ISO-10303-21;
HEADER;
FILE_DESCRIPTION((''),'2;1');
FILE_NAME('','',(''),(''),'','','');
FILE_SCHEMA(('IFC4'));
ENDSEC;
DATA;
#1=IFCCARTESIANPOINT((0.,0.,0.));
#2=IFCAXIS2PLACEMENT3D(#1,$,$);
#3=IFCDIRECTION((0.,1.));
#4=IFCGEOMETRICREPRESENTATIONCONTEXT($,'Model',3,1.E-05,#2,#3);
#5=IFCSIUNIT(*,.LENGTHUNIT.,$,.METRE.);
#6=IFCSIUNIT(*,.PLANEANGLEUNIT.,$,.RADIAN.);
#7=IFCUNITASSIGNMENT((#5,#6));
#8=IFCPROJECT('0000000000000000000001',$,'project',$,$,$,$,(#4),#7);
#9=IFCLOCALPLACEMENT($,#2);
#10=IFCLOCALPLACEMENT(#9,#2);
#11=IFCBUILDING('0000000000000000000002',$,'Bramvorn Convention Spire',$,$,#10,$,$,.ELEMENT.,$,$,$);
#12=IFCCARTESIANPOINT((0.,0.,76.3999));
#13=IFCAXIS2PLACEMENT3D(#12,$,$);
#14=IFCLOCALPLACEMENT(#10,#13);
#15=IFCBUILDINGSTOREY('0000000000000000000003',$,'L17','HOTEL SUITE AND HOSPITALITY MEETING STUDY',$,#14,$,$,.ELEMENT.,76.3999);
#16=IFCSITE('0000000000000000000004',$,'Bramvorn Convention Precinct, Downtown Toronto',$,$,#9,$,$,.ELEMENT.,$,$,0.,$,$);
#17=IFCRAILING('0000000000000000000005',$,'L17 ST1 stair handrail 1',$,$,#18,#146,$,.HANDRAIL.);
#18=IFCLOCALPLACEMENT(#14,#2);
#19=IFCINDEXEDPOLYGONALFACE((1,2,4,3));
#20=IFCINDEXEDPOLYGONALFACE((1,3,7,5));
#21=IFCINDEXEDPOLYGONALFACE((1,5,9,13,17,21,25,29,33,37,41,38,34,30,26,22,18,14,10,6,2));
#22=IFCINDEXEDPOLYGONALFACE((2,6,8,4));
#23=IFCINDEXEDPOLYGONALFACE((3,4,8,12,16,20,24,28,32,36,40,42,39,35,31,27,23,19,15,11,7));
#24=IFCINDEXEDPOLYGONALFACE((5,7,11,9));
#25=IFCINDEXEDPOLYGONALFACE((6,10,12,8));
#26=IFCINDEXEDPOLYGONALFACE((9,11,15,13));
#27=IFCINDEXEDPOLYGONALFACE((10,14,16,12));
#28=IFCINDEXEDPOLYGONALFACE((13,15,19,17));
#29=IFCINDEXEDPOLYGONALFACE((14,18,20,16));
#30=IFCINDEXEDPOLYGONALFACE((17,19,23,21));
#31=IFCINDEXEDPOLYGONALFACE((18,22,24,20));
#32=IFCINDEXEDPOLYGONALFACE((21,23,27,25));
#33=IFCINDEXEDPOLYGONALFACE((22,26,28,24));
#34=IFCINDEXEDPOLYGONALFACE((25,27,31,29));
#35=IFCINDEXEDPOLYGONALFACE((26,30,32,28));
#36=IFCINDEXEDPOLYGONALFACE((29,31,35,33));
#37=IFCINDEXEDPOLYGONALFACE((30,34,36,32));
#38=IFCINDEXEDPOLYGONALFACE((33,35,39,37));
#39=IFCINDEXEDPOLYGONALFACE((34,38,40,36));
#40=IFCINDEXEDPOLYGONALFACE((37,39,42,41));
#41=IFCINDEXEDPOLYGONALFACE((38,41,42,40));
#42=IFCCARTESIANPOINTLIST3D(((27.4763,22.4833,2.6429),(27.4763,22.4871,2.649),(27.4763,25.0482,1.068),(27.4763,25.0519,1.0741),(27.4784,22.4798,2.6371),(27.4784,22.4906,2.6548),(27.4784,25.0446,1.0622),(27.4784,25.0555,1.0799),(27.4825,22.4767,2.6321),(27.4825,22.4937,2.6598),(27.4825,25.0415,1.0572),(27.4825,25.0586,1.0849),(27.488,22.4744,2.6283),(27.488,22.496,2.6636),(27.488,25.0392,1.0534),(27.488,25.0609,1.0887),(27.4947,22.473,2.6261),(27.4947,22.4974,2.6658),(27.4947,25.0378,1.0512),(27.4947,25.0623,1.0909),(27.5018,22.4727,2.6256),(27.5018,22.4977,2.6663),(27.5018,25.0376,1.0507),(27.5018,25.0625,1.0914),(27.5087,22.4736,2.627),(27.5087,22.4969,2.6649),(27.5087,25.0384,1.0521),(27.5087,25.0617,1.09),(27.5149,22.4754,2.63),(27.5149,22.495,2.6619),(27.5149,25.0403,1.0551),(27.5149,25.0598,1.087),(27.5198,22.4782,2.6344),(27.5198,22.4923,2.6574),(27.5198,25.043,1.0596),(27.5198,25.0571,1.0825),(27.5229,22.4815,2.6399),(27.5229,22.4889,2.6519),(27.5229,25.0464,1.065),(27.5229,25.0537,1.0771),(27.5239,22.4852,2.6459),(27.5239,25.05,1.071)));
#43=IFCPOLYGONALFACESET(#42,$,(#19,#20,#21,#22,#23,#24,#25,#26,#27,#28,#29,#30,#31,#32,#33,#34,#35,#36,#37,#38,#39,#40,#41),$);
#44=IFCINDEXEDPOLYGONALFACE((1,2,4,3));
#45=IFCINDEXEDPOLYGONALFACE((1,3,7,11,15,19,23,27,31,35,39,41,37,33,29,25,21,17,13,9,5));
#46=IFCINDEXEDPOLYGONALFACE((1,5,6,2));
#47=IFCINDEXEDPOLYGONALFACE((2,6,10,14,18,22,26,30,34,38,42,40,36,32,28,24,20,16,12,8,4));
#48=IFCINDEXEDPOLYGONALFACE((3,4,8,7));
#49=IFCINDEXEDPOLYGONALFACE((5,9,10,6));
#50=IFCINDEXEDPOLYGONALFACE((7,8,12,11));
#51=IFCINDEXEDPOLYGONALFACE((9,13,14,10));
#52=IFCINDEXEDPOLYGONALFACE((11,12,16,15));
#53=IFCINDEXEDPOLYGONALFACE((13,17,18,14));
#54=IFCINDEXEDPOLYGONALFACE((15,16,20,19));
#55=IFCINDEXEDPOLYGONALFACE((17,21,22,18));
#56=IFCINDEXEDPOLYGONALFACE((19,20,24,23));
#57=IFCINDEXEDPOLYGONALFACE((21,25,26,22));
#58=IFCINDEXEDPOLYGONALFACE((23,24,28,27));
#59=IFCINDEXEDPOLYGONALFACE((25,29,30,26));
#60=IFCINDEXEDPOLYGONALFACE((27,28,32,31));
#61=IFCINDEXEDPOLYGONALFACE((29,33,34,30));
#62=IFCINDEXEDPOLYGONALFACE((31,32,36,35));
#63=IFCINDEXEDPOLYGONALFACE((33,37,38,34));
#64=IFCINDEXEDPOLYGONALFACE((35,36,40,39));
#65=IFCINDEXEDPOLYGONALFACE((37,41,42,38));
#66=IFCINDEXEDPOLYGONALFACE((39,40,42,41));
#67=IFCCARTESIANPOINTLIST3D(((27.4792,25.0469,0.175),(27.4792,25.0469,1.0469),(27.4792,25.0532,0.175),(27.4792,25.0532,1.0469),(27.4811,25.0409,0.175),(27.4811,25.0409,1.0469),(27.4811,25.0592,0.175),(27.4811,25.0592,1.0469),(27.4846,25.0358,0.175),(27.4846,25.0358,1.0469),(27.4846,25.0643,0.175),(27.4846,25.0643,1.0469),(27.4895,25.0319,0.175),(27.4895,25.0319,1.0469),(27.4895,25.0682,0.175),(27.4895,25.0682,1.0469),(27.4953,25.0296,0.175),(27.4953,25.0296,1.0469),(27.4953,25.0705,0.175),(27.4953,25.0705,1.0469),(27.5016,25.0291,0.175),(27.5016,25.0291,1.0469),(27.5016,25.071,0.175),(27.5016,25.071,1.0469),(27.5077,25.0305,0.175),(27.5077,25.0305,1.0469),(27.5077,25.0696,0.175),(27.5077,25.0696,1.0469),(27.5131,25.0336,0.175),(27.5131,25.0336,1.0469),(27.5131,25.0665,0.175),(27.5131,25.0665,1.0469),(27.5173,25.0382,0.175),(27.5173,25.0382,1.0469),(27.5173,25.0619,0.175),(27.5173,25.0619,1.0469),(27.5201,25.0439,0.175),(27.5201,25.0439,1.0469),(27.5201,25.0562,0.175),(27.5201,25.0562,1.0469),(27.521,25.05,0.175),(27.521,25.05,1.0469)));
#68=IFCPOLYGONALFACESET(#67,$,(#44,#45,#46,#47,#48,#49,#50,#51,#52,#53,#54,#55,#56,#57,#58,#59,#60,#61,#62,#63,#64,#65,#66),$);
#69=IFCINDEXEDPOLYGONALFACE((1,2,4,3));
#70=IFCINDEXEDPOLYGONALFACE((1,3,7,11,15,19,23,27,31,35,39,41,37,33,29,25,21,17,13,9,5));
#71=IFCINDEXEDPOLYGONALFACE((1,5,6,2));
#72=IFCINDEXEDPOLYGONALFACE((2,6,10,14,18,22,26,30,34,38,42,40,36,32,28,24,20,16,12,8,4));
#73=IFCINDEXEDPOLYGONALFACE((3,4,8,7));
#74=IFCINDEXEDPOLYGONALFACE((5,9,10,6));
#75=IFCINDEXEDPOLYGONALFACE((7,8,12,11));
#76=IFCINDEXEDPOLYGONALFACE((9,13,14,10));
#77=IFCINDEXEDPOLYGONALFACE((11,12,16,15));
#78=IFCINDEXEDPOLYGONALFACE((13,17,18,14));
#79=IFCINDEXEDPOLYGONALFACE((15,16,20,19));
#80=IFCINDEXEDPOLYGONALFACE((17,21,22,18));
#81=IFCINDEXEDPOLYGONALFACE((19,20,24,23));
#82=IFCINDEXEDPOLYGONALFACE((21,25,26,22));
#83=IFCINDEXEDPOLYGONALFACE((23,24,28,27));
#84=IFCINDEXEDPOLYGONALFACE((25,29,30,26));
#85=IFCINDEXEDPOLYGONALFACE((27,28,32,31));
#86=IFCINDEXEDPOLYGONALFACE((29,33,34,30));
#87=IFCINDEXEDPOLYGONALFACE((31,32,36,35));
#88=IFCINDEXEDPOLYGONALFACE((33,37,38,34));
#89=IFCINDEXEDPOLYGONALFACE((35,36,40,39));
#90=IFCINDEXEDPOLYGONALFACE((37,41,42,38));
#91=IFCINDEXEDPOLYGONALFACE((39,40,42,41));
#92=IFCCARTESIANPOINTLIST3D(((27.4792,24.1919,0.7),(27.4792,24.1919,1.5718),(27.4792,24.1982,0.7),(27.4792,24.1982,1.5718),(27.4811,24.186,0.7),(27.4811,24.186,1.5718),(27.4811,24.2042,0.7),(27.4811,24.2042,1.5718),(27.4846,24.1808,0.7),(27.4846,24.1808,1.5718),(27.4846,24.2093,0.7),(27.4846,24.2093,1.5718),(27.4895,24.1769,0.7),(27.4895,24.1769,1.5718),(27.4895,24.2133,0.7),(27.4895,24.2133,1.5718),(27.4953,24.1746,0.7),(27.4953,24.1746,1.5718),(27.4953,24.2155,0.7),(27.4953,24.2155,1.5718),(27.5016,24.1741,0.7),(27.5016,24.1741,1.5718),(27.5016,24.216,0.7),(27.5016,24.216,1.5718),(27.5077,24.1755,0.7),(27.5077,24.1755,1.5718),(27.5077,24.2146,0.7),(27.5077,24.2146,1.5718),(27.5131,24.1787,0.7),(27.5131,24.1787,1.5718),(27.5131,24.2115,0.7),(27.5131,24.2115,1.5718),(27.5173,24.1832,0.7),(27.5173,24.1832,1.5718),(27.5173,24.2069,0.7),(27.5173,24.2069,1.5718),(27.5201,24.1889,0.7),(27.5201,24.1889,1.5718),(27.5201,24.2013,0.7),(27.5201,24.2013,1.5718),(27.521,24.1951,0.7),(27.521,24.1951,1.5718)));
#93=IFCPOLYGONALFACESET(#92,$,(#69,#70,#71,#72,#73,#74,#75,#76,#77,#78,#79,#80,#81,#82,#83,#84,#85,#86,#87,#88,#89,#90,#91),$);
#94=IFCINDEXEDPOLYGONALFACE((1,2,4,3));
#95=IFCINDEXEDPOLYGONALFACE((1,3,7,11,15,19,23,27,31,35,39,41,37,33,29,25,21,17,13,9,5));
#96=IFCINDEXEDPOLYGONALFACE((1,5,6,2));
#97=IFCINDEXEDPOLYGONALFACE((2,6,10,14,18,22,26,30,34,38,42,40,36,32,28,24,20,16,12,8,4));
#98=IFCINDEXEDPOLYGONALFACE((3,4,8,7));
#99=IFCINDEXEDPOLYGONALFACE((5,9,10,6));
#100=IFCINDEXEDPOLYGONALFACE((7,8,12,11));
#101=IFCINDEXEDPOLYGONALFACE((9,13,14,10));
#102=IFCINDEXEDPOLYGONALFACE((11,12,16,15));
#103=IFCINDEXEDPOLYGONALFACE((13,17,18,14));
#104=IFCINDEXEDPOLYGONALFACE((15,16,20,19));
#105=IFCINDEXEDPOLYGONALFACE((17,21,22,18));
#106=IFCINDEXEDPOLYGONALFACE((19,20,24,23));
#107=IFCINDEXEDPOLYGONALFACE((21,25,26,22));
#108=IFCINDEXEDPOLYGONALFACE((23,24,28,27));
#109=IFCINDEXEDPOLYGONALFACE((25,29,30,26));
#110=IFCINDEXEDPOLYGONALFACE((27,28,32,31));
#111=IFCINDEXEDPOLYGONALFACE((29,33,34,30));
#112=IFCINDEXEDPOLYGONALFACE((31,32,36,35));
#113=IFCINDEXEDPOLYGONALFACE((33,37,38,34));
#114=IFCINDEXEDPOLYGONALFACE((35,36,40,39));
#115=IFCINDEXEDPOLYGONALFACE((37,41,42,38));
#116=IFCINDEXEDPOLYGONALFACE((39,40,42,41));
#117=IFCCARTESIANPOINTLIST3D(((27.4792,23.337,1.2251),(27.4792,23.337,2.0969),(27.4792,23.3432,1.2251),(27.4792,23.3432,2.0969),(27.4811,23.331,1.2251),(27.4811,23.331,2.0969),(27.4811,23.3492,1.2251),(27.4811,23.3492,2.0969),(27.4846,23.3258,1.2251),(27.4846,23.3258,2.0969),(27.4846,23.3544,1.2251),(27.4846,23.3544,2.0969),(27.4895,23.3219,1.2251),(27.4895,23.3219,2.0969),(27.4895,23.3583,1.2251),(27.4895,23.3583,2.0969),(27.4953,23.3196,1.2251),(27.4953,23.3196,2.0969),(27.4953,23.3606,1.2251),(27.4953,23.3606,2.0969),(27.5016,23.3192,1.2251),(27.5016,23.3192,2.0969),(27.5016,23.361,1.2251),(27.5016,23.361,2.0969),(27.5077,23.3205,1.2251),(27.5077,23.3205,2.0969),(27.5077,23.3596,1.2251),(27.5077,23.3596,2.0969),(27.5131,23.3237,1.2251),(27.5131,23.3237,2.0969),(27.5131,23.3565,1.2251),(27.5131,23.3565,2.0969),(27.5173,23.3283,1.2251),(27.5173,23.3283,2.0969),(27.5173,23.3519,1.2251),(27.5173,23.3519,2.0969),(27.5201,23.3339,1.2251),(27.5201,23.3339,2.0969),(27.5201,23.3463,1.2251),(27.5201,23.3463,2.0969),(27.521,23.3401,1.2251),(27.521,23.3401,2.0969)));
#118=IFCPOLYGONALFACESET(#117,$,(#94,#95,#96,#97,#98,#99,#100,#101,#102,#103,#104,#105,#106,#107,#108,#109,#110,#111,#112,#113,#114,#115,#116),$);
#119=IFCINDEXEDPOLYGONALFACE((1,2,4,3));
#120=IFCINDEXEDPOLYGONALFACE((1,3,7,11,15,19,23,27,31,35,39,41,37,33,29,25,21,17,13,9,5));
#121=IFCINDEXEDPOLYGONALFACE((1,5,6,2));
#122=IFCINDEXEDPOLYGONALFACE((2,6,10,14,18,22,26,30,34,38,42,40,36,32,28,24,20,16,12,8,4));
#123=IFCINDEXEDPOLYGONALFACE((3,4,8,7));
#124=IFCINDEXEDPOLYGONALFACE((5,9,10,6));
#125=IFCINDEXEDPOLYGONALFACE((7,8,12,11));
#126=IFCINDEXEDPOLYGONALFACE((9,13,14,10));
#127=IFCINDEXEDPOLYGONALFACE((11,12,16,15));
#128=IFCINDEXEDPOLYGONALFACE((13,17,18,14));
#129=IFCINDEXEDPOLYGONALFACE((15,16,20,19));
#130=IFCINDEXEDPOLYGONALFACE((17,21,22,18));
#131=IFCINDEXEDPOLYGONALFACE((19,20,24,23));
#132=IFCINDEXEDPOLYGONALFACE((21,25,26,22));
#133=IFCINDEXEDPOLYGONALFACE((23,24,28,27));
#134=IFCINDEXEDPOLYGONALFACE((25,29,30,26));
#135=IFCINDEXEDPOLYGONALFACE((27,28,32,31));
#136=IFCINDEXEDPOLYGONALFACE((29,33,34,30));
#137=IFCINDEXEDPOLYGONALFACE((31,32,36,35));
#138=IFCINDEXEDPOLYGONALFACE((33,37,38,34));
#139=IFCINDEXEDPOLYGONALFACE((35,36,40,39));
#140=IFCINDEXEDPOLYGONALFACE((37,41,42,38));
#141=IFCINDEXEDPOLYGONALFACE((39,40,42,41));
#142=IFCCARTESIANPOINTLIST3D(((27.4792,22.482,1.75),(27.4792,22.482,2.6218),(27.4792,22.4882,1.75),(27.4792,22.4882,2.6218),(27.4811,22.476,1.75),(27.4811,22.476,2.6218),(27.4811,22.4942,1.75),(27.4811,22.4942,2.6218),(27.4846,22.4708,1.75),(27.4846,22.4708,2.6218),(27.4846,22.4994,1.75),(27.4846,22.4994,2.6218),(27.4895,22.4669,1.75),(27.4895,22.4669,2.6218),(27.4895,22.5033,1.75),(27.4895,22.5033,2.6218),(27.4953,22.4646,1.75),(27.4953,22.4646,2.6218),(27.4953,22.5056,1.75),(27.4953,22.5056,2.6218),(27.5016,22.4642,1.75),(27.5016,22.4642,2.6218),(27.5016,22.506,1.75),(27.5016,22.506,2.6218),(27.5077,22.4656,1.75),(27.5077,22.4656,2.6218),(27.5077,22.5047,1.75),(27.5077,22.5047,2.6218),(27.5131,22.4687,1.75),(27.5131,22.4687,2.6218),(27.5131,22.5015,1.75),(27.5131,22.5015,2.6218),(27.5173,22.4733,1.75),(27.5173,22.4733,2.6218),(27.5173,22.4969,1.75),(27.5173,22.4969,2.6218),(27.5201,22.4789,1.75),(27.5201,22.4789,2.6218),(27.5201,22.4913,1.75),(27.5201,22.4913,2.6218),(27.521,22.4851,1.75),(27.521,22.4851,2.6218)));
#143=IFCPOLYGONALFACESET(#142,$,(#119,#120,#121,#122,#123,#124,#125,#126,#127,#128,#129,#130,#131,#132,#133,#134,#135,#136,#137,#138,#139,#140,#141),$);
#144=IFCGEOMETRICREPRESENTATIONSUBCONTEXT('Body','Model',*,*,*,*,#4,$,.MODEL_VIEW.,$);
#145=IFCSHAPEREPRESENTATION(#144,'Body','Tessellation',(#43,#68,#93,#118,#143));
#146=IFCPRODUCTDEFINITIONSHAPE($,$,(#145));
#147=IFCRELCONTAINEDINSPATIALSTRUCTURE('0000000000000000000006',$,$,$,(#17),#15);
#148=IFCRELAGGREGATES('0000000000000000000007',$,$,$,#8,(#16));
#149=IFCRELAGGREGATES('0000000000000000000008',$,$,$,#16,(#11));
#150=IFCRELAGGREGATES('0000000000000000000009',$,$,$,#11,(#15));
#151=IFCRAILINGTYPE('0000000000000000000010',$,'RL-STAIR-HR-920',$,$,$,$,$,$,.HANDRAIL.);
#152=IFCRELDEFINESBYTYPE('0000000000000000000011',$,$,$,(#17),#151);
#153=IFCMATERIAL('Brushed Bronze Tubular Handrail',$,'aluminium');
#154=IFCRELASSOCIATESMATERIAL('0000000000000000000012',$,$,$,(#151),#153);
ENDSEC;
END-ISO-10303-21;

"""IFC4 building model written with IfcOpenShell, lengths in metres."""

from ifc_helpers import new_model, si_unit, direction, frame, origin, origin_2d, place, context, subcontext, project, spatial, circle, extrude, material, type_object, element, save


model = new_model("IFC4")

# Units and contexts
model_context = context("Model", 3, precision=1e-05, world=origin(), true_north=direction((0.0, 1.0)))
body_context = subcontext(model_context, "Body", "Model", "MODEL_VIEW")
ifc_project = project(units=[si_unit("LENGTHUNIT", "METRE"), si_unit("PLANEANGLEUNIT", "RADIAN")], contexts=[model_context])

# Site, building, storey
site_placement = place(None, origin())
site = spatial("IfcSite", under=ifc_project, at=site_placement, Name="Bramvorn Convention Precinct, Downtown Toronto", CompositionType="ELEMENT", RefElevation=0.0)
building_placement = place(site_placement, origin())
building = spatial("IfcBuilding", under=site, at=building_placement, Name="Bramvorn Convention Spire", CompositionType="ELEMENT")
storey_placement = place(building_placement, frame((0.0, 0.0, 76.3999)))
storey = spatial("IfcBuildingStorey", under=building, at=storey_placement, Name="L17", Description="HOTEL SUITE AND HOSPITALITY MEETING STUDY", CompositionType="ELEMENT", Elevation=76.3999)

# Railing
ifc_material_1 = material(Name="Brushed Bronze Tubular Handrail", Category="aluminium")
railing_type_1 = type_object("IfcRailingType", Name="RL-STAIR-HR-920", PredefinedType="HANDRAIL", material=ifc_material_1)
railing_1_placement = place(storey_placement, frame((27.5, 25.05, 0.175)))
element("IfcRailing", 1, at=railing_1_placement, inside=storey, type_object=railing_type_1, Name="L17 ST1 stair handrail 1", PredefinedType="HANDRAIL", context=body_context, shape_type="SweptSolid", body=[
    extrude(circle(Radius=0.0239, at=origin_2d()), frame((0.0, 0.0, 0.896), z_axis=(0.0, -0.852173, 0.52326), x_axis=(1.0, 0.0, 0.0)), (0.0, 0.0, 1.0), 3.0098),
    extrude(circle(Radius=0.021, at=origin_2d()), origin(), (0.0, 0.0, 1.0), 0.8718),
    extrude(circle(Radius=0.021, at=origin_2d()), frame((0.0, -0.855, 0.5249)), (0.0, 0.0, 1.0), 0.8718),
    extrude(circle(Radius=0.021, at=origin_2d()), frame((0.0, -1.71, 1.05)), (0.0, 0.0, 1.0), 0.8718),
    extrude(circle(Radius=0.021, at=origin_2d()), frame((0.0, -2.5649, 1.575)), (0.0, 0.0, 1.0), 0.8718),
])

save(model, "model.ifc")
